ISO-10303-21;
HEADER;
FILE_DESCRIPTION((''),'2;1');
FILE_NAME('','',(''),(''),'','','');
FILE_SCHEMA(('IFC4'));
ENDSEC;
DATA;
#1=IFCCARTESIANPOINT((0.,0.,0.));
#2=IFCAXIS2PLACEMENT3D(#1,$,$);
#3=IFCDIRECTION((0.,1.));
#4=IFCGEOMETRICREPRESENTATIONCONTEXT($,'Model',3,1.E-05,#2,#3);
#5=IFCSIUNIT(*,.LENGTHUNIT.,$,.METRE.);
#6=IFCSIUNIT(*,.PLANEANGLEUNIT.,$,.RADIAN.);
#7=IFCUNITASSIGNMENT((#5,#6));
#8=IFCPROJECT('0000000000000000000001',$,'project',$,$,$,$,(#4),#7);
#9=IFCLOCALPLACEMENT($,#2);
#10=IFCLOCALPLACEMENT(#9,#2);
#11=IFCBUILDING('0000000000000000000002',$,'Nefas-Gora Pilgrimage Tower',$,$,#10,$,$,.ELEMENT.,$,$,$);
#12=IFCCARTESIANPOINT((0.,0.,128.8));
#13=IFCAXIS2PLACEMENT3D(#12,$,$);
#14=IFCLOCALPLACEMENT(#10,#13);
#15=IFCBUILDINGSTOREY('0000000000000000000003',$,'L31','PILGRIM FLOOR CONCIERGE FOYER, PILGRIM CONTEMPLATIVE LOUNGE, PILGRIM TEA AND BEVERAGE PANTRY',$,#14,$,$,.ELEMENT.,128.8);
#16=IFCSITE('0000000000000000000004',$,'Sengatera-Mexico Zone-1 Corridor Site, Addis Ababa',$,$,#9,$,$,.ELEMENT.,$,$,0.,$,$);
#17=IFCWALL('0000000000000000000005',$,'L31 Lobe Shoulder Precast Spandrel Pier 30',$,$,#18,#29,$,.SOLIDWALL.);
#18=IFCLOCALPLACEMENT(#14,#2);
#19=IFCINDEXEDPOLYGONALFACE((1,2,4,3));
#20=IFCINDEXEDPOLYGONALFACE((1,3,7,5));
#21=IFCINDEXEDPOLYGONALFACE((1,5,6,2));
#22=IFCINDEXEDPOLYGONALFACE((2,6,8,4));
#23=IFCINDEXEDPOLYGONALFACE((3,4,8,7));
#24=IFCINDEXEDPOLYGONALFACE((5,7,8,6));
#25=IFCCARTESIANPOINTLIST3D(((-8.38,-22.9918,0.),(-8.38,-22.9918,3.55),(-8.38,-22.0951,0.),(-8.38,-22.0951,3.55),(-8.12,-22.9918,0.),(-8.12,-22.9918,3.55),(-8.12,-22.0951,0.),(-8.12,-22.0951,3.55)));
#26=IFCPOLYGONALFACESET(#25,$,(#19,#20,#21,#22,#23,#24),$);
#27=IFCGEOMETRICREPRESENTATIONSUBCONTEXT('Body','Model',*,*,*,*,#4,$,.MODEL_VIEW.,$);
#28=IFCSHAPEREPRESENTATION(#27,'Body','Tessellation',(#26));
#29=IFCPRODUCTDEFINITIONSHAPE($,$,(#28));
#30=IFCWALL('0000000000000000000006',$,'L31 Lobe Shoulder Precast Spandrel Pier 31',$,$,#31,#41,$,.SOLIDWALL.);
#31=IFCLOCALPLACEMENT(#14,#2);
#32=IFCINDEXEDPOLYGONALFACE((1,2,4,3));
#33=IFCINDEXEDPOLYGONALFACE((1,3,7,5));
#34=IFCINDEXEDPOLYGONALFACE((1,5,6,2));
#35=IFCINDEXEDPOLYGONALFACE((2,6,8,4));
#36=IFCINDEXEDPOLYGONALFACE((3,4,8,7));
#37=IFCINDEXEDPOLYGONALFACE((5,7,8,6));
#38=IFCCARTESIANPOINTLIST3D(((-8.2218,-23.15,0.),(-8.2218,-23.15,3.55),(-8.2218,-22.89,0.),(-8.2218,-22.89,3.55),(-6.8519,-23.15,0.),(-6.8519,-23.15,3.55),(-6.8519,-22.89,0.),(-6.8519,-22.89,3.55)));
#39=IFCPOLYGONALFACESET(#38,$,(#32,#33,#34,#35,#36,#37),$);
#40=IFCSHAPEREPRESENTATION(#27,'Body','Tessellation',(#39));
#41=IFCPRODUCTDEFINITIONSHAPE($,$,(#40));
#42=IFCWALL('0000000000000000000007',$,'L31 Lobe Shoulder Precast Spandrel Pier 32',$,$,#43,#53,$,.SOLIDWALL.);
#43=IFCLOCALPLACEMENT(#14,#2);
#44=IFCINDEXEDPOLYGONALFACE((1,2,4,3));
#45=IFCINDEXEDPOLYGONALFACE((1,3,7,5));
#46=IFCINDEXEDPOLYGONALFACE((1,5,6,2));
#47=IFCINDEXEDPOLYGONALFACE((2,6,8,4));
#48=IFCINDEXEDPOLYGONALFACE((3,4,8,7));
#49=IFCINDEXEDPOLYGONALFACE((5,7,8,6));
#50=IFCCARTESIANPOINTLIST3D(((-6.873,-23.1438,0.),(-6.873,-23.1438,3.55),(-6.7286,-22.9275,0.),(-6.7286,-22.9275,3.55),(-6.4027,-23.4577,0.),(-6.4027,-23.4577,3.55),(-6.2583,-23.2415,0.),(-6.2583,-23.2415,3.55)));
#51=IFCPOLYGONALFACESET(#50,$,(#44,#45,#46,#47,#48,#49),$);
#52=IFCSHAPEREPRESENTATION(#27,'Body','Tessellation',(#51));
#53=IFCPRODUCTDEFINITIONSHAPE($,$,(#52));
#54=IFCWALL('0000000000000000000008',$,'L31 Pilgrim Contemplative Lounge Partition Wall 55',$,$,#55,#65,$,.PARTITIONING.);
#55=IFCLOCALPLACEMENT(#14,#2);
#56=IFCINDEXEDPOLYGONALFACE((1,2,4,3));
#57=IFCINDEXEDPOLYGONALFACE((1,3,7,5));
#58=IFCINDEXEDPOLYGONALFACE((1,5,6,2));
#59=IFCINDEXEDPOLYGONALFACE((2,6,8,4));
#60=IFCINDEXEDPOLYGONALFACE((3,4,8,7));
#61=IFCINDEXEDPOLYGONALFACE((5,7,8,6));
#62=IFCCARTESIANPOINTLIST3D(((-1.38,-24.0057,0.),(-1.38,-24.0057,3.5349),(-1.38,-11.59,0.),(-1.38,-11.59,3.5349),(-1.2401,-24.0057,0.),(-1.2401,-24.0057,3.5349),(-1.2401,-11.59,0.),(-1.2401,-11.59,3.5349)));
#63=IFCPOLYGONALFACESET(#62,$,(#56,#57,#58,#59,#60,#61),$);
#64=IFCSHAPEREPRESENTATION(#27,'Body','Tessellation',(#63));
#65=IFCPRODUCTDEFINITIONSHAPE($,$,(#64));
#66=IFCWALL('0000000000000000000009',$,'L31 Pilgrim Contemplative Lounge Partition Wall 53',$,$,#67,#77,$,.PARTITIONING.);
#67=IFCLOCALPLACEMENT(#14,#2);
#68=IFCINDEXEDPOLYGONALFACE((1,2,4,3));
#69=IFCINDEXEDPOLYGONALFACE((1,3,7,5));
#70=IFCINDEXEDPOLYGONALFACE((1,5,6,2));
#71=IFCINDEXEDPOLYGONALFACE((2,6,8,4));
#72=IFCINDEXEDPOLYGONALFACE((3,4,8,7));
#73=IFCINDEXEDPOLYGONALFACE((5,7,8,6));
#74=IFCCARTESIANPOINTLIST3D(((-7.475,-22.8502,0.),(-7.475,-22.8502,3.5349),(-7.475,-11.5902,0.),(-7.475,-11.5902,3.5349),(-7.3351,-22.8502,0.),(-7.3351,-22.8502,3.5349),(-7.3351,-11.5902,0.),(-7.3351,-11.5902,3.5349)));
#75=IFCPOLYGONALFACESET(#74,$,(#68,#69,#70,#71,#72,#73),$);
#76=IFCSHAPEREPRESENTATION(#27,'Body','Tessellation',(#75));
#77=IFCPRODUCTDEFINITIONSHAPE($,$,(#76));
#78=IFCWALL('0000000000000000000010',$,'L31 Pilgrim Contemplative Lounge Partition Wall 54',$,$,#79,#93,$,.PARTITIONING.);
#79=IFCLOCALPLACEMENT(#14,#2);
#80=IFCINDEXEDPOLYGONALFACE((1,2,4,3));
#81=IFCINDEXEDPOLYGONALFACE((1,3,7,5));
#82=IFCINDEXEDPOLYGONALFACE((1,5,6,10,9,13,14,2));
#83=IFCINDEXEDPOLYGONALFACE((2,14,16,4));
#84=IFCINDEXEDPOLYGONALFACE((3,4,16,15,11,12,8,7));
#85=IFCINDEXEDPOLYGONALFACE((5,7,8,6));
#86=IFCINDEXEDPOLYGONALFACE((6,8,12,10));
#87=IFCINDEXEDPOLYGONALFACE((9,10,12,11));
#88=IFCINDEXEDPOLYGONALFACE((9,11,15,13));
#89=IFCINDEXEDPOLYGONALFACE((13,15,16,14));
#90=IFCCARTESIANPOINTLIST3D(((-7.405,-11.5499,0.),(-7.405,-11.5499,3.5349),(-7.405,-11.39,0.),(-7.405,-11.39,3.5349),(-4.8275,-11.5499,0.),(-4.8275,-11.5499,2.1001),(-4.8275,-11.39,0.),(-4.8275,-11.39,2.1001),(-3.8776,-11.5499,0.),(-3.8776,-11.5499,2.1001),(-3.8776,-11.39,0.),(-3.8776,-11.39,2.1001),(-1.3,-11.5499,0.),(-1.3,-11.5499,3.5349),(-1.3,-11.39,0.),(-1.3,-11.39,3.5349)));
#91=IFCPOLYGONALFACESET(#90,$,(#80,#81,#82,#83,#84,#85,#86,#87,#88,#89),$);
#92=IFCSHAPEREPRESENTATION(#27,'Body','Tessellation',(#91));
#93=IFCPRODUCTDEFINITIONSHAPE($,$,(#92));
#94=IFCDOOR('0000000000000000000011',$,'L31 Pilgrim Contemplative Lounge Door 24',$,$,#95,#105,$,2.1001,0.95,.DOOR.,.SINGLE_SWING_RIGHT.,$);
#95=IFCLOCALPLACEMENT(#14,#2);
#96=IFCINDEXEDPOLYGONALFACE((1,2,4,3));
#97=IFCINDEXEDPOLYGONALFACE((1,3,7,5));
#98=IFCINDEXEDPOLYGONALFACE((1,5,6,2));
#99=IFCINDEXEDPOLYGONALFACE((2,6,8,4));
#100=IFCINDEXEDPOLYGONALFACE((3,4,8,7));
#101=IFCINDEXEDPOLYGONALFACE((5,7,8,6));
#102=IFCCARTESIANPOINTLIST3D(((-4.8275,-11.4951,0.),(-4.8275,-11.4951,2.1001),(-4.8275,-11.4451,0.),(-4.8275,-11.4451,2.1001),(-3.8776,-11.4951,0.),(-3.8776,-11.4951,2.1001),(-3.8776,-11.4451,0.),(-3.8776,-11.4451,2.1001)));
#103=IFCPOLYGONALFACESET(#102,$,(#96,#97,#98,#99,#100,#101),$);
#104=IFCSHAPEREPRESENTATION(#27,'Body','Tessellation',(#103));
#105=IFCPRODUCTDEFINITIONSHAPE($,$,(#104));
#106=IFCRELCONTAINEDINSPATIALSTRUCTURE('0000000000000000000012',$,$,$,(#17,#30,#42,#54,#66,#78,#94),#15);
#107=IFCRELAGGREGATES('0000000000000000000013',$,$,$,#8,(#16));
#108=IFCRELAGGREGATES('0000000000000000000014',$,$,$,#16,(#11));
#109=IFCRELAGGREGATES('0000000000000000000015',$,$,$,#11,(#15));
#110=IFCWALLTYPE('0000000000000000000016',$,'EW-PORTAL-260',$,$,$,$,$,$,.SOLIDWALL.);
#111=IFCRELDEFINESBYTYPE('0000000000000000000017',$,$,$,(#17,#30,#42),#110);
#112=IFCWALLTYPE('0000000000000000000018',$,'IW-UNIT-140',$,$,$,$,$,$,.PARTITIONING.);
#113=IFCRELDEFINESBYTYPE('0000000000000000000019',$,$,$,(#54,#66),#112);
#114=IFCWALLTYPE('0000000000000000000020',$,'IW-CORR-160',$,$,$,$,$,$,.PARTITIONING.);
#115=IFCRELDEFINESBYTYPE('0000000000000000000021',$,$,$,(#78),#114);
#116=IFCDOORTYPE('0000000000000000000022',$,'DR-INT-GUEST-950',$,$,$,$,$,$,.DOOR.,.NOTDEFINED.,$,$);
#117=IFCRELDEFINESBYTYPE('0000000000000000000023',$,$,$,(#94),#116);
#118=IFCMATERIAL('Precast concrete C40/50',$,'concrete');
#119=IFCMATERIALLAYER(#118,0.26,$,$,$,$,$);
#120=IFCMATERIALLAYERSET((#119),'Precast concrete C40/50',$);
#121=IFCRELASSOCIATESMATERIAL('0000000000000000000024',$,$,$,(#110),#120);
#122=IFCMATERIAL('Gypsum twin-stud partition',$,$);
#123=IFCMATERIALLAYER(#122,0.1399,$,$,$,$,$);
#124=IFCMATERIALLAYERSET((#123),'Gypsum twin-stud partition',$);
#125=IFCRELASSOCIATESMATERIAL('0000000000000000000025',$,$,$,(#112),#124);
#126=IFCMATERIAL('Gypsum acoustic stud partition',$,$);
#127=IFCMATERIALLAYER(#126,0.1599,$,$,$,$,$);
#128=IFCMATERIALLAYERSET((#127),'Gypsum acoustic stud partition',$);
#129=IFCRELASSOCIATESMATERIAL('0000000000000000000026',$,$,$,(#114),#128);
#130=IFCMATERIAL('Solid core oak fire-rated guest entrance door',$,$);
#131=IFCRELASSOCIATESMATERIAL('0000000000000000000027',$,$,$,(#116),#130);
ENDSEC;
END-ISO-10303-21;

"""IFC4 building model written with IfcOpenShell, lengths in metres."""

from ifc_helpers import new_model, si_unit, direction, frame, frame_2d, origin, place, context, subcontext, project, spatial, rectangle, extrude, source, transform, mapped, material, layer, layer_set, type_object, element, fill, save


model = new_model("IFC4")

# Units and contexts
model_context = context("Model", 3, precision=1e-05, world=origin(), true_north=direction((0.0, 1.0)))
body_context = subcontext(model_context, "Body", "Model", "MODEL_VIEW")
ifc_project = project(units=[si_unit("LENGTHUNIT", "METRE"), si_unit("PLANEANGLEUNIT", "RADIAN")], contexts=[model_context])

# Site, building, storey
site_placement = place(None, origin())
site = spatial("IfcSite", under=ifc_project, at=site_placement, Name="Sengatera-Mexico Zone-1 Corridor Site, Addis Ababa", CompositionType="ELEMENT", RefElevation=0.0)
building_placement = place(site_placement, origin())
building = spatial("IfcBuilding", under=site, at=building_placement, Name="Nefas-Gora Pilgrimage Tower", CompositionType="ELEMENT")
storey_placement = place(building_placement, frame((0.0, 0.0, 128.8)))
storey = spatial("IfcBuildingStorey", under=building, at=storey_placement, Name="L31", Description="PILGRIM FLOOR CONCIERGE FOYER, PILGRIM CONTEMPLATIVE LOUNGE, PILGRIM TEA AND BEVERAGE PANTRY", CompositionType="ELEMENT", Elevation=128.8)

# Walls
ifc_material_1 = material(Name="Precast concrete C40/50", Category="concrete")
ifc_layer_1 = layer(ifc_material_1, 0.26)
ifc_layer_set_1 = layer_set([ifc_layer_1], Name="Precast concrete C40/50")
wall_type_1 = type_object("IfcWallType", Name="EW-PORTAL-260", PredefinedType="SOLIDWALL", material=ifc_layer_set_1)
shared_shape_1 = source(origin(), body_context, "Body", "SweptSolid", [
    extrude(rectangle(XDim=0.8967, YDim=0.26, at=frame_2d((0.4482, 0.0))), origin(), (0.0, 0.0, 1.0), 3.55),
])
wall_1_placement = place(storey_placement, frame((-8.25, -22.0952, 0.0), z_axis=(0.0, 0.0, 1.0), x_axis=(0.0, -1.0, 0.0)))
element("IfcWall", 1, at=wall_1_placement, inside=storey, type_object=wall_type_1, Name="L31 Lobe Shoulder Precast Spandrel Pier 30", PredefinedType="SOLIDWALL", context=body_context, shape_type="MappedRepresentation", body=[
    mapped(shared_shape_1, transform((0.0, 0.0, 0.0), x_axis=(1.0, 0.0, 0.0), y_axis=(0.0, 1.0, 0.0), z_axis=(0.0, 0.0, 1.0), scale=1.0)),
])
shared_shape_2 = source(origin(), body_context, "Body", "SweptSolid", [
    extrude(rectangle(XDim=1.3699, YDim=0.26, at=frame_2d((0.6851, 0.0))), origin(), (0.0, 0.0, 1.0), 3.55),
])
wall_2_placement = place(storey_placement, frame((-8.2219, -23.02, 0.0), z_axis=(0.0, 0.0, 1.0), x_axis=(1.0, 0.0, 0.0)))
element("IfcWall", 2, at=wall_2_placement, inside=storey, type_object=wall_type_1, Name="L31 Lobe Shoulder Precast Spandrel Pier 31", PredefinedType="SOLIDWALL", context=body_context, shape_type="MappedRepresentation", body=[
    mapped(shared_shape_2, transform((0.0, 0.0, 0.0), x_axis=(1.0, 0.0, 0.0), y_axis=(0.0, 1.0, 0.0), z_axis=(0.0, 0.0, 1.0), scale=1.0)),
])
shared_shape_3 = source(origin(), body_context, "Body", "SweptSolid", [
    extrude(rectangle(XDim=0.5654, YDim=0.26, at=frame_2d((0.2827, 0.0))), origin(), (0.0, 0.0, 1.0), 3.55),
])
wall_3_placement = place(storey_placement, frame((-6.8008, -23.0356, 0.0), z_axis=(0.0, 0.0, 1.0), x_axis=(0.831651, -0.555298, 0.0)))
element("IfcWall", 3, at=wall_3_placement, inside=storey, type_object=wall_type_1, Name="L31 Lobe Shoulder Precast Spandrel Pier 32", PredefinedType="SOLIDWALL", context=body_context, shape_type="MappedRepresentation", body=[
    mapped(shared_shape_3, transform((0.0, 0.0, 0.0), x_axis=(1.0, 0.0, 0.0), y_axis=(0.0, 1.0, 0.0), z_axis=(0.0, 0.0, 1.0), scale=1.0)),
])
ifc_material_2 = material(Name="Gypsum twin-stud partition")
ifc_layer_2 = layer(ifc_material_2, 0.1399)
ifc_layer_set_2 = layer_set([ifc_layer_2], Name="Gypsum twin-stud partition")
wall_type_2 = type_object("IfcWallType", Name="IW-UNIT-140", PredefinedType="PARTITIONING", material=ifc_layer_set_2)
shared_shape_4 = source(origin(), body_context, "Body", "SweptSolid", [
    extrude(rectangle(XDim=12.4158, YDim=0.1399, at=frame_2d((6.208, 0.0))), origin(), (0.0, 0.0, 1.0), 3.5349),
])
wall_4_placement = place(storey_placement, frame((-1.3101, -24.0059, 0.0), z_axis=(0.0, 0.0, 1.0), x_axis=(0.0, 1.0, 0.0)))
element("IfcWall", 4, at=wall_4_placement, inside=storey, type_object=wall_type_2, Name="L31 Pilgrim Contemplative Lounge Partition Wall 55", PredefinedType="PARTITIONING", context=body_context, shape_type="MappedRepresentation", body=[
    mapped(shared_shape_4, transform((0.0, 0.0, 0.0), x_axis=(1.0, 0.0, 0.0), y_axis=(0.0, 1.0, 0.0), z_axis=(0.0, 0.0, 1.0), scale=1.0)),
])
shared_shape_5 = source(origin(), body_context, "Body", "SweptSolid", [
    extrude(rectangle(XDim=11.26, YDim=0.1399, at=frame_2d((5.6299, 0.0))), origin(), (0.0, 0.0, 1.0), 3.5349),
])
wall_5_placement = place(storey_placement, frame((-7.405, -22.8501, 0.0), z_axis=(0.0, 0.0, 1.0), x_axis=(0.0, 1.0, 0.0)))
element("IfcWall", 5, at=wall_5_placement, inside=storey, type_object=wall_type_2, Name="L31 Pilgrim Contemplative Lounge Partition Wall 53", PredefinedType="PARTITIONING", context=body_context, shape_type="MappedRepresentation", body=[
    mapped(shared_shape_5, transform((0.0, 0.0, 0.0), x_axis=(1.0, 0.0, 0.0), y_axis=(0.0, 1.0, 0.0), z_axis=(0.0, 0.0, 1.0), scale=1.0)),
])

# Wall, opening, door
ifc_material_3 = material(Name="Gypsum acoustic stud partition")
ifc_layer_3 = layer(ifc_material_3, 0.1599)
ifc_layer_set_3 = layer_set([ifc_layer_3], Name="Gypsum acoustic stud partition")
wall_type_3 = type_object("IfcWallType", Name="IW-CORR-160", PredefinedType="PARTITIONING", material=ifc_layer_set_3)
shared_shape_6 = source(origin(), body_context, "Body", "SweptSolid", [
    extrude(rectangle(XDim=6.105, YDim=0.1599, at=frame_2d((3.0525, 0.0))), origin(), (0.0, 0.0, 1.0), 3.5349),
])
wall_6_placement = place(storey_placement, frame((-7.405, -11.47, 0.0), z_axis=(0.0, 0.0, 1.0), x_axis=(1.0, 0.0, 0.0)))
wall_6 = element("IfcWall", 6, at=wall_6_placement, inside=storey, type_object=wall_type_3, Name="L31 Pilgrim Contemplative Lounge Partition Wall 54", PredefinedType="PARTITIONING", context=body_context, shape_type="MappedRepresentation", body=[
    mapped(shared_shape_6, transform((0.0, 0.0, 0.0), x_axis=(1.0, 0.0, 0.0), y_axis=(0.0, 1.0, 0.0), z_axis=(0.0, 0.0, 1.0), scale=1.0)),
])
opening_placement = place(wall_6_placement, frame((2.5774, 0.0, 0.0)))
opening = element("IfcOpeningElement", 7, at=opening_placement, cuts=wall_6, PredefinedType="OPENING", context=body_context, shape_type="SweptSolid", body=[
    extrude(rectangle(XDim=0.95, YDim=2.1001, at=frame_2d((0.4751, 1.05))), frame((0.0, 0.0898, 0.0), z_axis=(0.0, -1.0, 0.0), x_axis=(1.0, 0.0, 0.0)), (0.0, 0.0, 1.0), 0.1799),
])
ifc_material_4 = material(Name="Solid core oak fire-rated guest entrance door")
door_type = type_object("IfcDoorType", Name="DR-INT-GUEST-950", OperationType="NOTDEFINED", PredefinedType="DOOR", material=ifc_material_4)
shared_shape_7 = source(origin(), body_context, "Body", "SweptSolid", [
    extrude(rectangle(XDim=0.95, YDim=2.1001, at=frame_2d((0.4751, 1.05))), frame((0.0, 0.0249, 0.0), z_axis=(0.0, -1.0, 0.0), x_axis=(1.0, 0.0, 0.0)), (0.0, 0.0, 1.0), 0.05),
])
door_placement = place(opening_placement, origin())
door = element("IfcDoor", 8, at=door_placement, inside=storey, type_object=door_type, Name="L31 Pilgrim Contemplative Lounge Door 24", OperationType="SINGLE_SWING_RIGHT", OverallHeight=2.1001, OverallWidth=0.95, PredefinedType="DOOR", context=body_context, shape_type="MappedRepresentation", body=[
    mapped(shared_shape_7, transform((0.0, 0.0, 0.0), x_axis=(1.0, 0.0, 0.0), y_axis=(0.0, 1.0, 0.0), z_axis=(0.0, 0.0, 1.0), scale=1.0)),
])
fill(opening, door)

save(model, "model.ifc")
